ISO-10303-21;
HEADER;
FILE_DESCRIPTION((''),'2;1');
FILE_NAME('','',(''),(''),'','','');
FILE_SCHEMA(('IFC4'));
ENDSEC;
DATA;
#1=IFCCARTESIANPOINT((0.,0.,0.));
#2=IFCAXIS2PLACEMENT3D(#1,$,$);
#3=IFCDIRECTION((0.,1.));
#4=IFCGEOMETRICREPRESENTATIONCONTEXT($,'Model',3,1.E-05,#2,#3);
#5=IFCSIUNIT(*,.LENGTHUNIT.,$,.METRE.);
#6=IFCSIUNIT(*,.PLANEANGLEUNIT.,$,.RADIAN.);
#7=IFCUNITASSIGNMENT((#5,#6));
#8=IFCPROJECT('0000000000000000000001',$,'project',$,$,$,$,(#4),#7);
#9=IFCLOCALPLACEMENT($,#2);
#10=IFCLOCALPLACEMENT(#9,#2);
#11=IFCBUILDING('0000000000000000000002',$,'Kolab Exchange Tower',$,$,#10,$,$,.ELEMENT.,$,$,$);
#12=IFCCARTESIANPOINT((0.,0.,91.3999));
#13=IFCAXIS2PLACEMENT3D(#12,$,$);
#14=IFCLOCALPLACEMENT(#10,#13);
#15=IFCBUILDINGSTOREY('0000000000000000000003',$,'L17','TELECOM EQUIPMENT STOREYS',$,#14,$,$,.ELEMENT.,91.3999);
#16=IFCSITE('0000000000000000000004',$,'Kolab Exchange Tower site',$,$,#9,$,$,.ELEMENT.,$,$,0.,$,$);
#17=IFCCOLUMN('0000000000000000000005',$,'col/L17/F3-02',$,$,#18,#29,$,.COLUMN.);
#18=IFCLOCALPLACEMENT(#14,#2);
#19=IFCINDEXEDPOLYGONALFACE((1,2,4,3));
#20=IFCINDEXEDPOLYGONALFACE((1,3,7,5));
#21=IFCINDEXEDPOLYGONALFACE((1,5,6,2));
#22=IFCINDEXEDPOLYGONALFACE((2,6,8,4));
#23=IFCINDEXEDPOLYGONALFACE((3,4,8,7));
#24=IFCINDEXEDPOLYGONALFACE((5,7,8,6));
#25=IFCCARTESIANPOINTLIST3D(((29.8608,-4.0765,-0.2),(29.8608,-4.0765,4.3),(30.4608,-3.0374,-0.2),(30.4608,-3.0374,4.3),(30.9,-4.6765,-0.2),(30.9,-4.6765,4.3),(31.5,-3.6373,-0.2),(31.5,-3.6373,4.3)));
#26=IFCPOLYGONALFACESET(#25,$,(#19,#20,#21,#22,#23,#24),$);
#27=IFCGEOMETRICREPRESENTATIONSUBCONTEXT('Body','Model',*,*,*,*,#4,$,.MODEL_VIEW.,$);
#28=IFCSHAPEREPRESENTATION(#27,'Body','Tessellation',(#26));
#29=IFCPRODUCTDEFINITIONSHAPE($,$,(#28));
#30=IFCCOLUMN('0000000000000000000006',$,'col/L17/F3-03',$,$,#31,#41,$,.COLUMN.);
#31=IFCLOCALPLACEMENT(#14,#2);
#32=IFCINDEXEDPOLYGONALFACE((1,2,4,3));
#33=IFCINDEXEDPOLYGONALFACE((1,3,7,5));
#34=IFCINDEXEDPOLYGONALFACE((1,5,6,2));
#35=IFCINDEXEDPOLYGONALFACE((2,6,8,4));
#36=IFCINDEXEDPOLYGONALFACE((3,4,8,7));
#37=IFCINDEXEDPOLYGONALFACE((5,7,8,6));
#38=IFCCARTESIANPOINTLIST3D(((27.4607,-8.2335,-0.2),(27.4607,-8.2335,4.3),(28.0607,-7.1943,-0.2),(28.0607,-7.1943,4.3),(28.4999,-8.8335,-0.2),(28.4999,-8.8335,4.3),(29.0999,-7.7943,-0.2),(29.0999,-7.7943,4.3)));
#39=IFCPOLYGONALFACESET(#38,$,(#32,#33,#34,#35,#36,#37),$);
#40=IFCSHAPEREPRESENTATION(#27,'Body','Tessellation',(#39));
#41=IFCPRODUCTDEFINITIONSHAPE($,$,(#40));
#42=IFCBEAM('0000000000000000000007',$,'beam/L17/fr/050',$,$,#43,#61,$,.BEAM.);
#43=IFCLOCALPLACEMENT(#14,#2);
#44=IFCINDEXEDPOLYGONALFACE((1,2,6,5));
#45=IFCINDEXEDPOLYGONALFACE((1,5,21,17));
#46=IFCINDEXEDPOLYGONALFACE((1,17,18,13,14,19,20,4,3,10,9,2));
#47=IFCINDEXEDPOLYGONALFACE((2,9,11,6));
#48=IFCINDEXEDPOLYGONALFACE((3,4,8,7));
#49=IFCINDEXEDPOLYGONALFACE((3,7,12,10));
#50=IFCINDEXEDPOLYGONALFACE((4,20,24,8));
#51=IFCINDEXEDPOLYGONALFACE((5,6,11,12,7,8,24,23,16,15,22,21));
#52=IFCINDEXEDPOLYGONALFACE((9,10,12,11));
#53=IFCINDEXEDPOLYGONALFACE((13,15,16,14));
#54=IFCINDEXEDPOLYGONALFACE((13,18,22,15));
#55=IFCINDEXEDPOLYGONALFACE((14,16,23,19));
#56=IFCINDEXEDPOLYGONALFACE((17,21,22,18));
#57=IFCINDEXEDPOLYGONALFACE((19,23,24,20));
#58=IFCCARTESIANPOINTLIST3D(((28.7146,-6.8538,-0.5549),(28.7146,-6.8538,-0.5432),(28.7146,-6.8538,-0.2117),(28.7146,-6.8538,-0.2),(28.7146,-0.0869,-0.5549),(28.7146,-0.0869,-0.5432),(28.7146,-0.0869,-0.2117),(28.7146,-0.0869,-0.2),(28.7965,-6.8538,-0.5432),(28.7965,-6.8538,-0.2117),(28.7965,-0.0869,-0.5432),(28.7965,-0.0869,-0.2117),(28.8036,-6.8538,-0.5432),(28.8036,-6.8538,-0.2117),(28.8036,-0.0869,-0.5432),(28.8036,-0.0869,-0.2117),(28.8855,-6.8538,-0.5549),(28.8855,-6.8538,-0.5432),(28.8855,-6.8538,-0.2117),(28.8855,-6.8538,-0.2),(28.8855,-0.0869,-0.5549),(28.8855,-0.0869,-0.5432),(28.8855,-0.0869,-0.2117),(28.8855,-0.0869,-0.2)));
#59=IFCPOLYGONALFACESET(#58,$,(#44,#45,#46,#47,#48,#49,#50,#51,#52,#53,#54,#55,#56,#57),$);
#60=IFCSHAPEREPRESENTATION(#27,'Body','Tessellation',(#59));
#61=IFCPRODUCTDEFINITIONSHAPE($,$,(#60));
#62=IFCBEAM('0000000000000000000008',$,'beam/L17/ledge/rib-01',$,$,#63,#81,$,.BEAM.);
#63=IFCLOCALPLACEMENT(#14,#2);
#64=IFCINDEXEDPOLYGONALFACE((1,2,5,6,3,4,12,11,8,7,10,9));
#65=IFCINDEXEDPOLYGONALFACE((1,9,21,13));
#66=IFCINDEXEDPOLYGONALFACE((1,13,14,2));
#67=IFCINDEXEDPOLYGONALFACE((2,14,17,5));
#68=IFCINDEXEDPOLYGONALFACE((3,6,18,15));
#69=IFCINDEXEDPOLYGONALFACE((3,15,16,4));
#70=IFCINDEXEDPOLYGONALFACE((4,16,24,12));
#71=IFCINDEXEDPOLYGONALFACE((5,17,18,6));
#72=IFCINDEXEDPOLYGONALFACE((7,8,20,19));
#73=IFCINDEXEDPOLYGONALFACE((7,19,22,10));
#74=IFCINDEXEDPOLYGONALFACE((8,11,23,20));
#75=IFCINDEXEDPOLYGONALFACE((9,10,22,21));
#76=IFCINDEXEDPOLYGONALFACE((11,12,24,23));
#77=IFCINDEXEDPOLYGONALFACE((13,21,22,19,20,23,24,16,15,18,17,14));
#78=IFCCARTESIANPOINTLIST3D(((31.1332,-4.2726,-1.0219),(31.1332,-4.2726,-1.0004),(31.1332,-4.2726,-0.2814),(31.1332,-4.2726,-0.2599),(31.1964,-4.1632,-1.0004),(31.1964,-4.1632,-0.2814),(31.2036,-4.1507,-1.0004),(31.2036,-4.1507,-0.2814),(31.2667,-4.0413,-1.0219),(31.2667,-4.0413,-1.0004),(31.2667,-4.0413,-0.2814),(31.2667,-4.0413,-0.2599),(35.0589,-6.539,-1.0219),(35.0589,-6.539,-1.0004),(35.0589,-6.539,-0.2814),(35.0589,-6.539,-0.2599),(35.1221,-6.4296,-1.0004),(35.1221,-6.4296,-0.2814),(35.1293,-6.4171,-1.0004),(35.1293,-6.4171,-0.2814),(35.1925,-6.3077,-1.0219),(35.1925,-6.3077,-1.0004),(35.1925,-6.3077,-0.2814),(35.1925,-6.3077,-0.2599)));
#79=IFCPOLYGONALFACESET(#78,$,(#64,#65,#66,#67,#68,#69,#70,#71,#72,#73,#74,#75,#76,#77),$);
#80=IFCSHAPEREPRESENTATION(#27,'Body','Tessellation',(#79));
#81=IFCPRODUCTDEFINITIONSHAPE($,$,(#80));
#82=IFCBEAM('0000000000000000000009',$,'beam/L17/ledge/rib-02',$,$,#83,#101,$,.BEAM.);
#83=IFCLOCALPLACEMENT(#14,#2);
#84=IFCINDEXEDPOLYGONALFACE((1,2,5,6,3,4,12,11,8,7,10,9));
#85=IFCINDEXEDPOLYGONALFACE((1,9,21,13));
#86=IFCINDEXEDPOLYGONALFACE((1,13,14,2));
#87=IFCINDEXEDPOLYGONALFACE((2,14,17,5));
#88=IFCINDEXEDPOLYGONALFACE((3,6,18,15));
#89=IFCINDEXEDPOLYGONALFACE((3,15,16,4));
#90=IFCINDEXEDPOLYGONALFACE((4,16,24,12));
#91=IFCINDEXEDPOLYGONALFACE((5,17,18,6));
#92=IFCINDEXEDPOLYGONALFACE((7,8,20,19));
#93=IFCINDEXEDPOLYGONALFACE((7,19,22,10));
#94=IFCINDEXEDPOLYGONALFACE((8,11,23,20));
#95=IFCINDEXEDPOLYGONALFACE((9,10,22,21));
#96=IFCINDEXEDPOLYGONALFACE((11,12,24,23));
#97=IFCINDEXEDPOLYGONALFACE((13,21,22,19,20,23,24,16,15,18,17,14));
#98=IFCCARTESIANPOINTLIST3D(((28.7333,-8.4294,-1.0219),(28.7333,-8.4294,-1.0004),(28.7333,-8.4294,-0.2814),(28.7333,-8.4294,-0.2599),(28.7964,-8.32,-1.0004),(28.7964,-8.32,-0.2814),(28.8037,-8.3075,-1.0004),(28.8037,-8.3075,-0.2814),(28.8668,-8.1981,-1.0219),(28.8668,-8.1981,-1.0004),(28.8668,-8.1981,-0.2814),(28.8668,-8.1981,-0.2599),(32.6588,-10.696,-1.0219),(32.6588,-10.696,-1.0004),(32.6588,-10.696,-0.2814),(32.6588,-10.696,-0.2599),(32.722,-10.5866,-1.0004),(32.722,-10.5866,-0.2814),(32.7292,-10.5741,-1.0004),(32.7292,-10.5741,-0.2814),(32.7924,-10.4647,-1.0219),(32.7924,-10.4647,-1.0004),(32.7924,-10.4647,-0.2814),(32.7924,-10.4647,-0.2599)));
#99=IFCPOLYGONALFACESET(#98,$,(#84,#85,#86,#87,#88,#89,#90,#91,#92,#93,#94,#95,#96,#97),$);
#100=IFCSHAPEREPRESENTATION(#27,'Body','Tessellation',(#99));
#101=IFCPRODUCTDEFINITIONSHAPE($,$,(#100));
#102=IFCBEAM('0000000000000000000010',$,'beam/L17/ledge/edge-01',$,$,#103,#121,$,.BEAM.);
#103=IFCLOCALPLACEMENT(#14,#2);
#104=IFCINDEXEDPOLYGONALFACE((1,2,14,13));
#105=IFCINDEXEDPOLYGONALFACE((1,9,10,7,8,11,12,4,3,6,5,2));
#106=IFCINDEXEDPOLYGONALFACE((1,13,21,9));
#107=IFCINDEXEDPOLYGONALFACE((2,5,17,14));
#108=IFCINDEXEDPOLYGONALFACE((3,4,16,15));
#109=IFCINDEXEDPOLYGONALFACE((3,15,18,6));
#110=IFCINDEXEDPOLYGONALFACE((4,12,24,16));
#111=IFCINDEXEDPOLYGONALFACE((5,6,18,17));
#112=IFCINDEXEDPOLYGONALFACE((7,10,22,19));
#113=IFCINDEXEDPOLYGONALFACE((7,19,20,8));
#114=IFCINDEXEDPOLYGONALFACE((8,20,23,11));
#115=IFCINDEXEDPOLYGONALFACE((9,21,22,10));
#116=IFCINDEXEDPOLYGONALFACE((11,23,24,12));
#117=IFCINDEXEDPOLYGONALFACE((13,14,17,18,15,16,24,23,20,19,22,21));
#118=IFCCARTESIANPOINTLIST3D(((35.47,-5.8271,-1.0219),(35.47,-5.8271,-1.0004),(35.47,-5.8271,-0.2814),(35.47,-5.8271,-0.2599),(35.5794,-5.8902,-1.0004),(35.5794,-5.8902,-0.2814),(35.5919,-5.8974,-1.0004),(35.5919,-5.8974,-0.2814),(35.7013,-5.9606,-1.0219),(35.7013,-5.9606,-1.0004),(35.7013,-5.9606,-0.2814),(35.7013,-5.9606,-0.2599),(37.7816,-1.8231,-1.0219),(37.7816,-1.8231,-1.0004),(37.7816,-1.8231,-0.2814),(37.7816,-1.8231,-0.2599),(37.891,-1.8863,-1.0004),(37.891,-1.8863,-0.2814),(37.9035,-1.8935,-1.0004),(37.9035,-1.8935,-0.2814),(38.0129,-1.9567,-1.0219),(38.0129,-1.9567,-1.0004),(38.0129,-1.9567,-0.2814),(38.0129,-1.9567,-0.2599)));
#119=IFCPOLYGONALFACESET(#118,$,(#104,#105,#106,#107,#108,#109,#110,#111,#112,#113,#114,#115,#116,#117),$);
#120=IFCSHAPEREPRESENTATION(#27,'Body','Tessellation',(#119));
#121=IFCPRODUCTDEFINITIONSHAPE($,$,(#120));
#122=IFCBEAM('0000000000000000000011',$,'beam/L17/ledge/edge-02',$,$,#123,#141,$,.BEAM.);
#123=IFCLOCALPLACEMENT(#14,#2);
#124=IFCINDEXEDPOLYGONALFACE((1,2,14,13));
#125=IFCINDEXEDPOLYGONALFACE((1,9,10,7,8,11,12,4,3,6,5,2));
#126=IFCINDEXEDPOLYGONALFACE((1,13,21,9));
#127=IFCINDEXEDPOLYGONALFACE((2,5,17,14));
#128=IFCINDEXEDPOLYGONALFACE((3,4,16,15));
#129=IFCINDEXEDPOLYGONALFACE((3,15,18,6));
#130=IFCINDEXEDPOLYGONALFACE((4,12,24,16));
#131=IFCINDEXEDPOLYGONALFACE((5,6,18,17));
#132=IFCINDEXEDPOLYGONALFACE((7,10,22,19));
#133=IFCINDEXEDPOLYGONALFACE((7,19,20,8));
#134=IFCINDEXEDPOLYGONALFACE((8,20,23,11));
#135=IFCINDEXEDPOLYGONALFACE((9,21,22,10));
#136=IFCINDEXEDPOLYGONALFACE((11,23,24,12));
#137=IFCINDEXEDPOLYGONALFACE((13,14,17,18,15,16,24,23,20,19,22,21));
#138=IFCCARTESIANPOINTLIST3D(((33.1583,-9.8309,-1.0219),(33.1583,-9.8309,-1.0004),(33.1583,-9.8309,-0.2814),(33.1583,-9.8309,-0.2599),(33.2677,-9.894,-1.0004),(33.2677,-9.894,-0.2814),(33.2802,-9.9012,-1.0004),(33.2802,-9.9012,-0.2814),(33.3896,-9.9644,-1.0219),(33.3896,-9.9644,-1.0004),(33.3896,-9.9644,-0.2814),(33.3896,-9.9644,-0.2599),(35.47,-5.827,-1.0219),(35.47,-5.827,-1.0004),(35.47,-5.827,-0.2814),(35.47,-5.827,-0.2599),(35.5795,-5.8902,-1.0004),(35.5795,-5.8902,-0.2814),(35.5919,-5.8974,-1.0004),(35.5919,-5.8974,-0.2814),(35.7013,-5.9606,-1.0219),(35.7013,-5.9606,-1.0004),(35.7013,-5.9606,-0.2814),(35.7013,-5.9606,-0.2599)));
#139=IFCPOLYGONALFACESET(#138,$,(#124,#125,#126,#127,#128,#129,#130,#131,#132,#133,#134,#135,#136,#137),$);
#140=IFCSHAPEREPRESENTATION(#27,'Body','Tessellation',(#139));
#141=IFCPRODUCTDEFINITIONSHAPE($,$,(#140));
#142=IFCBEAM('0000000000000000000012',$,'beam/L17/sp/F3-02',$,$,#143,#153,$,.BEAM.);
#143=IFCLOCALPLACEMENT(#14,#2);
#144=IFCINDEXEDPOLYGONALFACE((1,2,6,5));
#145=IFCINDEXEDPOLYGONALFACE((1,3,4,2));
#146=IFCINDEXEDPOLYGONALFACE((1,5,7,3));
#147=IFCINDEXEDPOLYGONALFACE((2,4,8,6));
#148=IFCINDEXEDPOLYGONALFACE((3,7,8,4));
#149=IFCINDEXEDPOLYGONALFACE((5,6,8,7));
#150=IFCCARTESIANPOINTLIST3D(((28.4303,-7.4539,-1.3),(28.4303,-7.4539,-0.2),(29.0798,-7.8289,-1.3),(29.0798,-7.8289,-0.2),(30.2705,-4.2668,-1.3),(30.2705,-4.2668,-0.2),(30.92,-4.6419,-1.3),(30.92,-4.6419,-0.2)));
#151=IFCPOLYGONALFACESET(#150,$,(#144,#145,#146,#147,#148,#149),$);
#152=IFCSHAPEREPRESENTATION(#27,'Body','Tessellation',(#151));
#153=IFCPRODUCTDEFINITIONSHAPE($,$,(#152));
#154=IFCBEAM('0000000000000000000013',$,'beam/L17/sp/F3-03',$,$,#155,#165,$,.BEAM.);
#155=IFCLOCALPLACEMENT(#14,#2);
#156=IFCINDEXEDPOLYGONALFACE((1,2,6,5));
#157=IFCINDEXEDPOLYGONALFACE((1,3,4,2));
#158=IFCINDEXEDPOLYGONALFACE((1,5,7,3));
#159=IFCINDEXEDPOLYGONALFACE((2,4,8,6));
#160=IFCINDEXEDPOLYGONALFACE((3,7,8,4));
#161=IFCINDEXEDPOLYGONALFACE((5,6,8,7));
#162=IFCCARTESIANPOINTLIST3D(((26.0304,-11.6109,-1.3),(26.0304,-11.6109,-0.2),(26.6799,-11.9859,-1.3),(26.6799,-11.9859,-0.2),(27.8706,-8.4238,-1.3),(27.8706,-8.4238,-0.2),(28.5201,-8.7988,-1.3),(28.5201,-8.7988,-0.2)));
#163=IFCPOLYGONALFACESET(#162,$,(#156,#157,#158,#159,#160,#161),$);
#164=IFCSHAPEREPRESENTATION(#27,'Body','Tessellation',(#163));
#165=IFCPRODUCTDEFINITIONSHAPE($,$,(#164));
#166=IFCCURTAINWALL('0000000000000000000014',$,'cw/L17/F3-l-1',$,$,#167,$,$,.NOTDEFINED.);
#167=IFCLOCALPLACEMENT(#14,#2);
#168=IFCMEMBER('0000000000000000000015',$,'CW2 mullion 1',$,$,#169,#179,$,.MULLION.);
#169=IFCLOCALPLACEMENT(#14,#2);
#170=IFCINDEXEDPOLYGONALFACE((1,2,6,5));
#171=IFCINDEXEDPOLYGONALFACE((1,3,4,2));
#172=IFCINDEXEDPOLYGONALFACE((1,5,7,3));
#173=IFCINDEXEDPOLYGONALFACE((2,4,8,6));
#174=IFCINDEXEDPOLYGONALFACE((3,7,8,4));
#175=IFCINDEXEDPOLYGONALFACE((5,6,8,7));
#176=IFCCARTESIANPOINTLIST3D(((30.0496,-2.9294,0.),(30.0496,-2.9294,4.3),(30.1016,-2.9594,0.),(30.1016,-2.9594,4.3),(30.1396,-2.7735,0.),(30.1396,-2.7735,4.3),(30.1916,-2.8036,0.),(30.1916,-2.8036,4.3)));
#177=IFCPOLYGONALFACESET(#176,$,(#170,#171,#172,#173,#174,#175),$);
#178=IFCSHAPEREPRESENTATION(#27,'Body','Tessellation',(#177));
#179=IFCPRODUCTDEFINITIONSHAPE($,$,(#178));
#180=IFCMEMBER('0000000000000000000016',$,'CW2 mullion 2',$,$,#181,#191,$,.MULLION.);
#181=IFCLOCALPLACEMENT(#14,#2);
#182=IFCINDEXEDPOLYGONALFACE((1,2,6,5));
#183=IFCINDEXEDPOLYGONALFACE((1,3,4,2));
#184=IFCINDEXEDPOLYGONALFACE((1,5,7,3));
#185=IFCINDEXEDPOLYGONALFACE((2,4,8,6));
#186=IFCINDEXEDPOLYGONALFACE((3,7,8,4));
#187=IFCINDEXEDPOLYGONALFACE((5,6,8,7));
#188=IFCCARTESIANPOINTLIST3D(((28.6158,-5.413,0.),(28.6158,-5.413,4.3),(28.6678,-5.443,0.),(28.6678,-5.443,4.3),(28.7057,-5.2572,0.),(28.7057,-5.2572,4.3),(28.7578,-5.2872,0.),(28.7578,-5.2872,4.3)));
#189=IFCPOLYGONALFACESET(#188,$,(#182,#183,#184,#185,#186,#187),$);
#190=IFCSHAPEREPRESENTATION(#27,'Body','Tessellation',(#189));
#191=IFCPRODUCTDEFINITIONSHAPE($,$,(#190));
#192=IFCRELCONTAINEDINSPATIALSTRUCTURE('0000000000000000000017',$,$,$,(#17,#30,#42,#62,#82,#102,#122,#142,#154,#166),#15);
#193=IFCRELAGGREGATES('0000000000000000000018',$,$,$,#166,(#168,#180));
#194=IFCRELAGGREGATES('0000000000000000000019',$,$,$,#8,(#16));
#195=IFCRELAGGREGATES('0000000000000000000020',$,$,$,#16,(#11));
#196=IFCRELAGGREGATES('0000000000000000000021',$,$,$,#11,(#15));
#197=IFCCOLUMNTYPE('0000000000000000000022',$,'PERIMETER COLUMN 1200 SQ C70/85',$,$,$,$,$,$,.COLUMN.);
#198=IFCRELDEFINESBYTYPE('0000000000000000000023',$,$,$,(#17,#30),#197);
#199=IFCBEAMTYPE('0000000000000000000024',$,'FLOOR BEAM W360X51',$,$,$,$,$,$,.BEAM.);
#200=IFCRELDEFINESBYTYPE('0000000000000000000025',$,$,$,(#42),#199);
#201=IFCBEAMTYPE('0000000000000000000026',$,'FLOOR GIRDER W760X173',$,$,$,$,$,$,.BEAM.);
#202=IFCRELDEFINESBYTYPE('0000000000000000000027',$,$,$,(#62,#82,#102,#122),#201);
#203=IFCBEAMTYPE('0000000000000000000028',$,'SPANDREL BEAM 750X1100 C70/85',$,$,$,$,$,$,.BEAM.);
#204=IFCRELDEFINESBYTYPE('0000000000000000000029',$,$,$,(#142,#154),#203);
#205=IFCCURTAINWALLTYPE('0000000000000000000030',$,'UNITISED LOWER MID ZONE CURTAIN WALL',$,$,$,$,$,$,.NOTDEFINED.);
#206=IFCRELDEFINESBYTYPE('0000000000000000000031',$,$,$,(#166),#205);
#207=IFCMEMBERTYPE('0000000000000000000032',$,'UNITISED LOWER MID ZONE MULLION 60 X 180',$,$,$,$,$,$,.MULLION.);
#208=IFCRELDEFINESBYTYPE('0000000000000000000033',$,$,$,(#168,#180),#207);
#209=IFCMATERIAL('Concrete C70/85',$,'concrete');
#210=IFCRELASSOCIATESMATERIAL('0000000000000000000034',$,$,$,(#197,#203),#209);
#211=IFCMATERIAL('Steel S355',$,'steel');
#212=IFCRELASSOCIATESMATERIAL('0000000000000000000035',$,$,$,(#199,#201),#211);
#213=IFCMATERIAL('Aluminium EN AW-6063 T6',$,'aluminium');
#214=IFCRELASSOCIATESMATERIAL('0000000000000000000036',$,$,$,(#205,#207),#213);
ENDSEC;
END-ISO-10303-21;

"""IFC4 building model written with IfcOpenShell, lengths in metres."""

from ifc_helpers import new_model, si_unit, direction, frame, origin, origin_2d, place, context, subcontext, project, spatial, rectangle, i_section, extrude, material, material_profile, profile_set, type_object, element, aggregate, save


model = new_model("IFC4")

# Units and contexts
model_context = context("Model", 3, precision=1e-05, world=origin(), true_north=direction((0.0, 1.0)))
body_context = subcontext(model_context, "Body", "Model", "MODEL_VIEW")
ifc_project = project(units=[si_unit("LENGTHUNIT", "METRE"), si_unit("PLANEANGLEUNIT", "RADIAN")], contexts=[model_context])

# Site, building, storey
site_placement = place(None, origin())
site = spatial("IfcSite", under=ifc_project, at=site_placement, Name="Kolab Exchange Tower site", CompositionType="ELEMENT", RefElevation=0.0)
building_placement = place(site_placement, origin())
building = spatial("IfcBuilding", under=site, at=building_placement, Name="Kolab Exchange Tower", CompositionType="ELEMENT")
storey_placement = place(building_placement, frame((0.0, 0.0, 91.3999)))
storey = spatial("IfcBuildingStorey", under=building, at=storey_placement, Name="L17", Description="TELECOM EQUIPMENT STOREYS", CompositionType="ELEMENT", Elevation=91.3999)

# Columns
ifc_material_1 = material(Name="Concrete C70/85", Category="concrete")
ifc_material_profile_1 = material_profile(ifc_material_1, rectangle(XDim=1.2, YDim=1.2, at=origin_2d()), Name="RC1200")
ifc_profile_set_1 = profile_set([ifc_material_profile_1], Name="Concrete C70/85")
column_type = type_object("IfcColumnType", Name="PERIMETER COLUMN 1200 SQ C70/85", PredefinedType="COLUMN", material=ifc_profile_set_1)
for number, where, z_axis, x_axis, name in (
    (1, (30.6804, -3.8569, -0.2), (0.0, 0.0, 1.0), (0.5, 0.866025, 0.0), "col/L17/F3-02"),
    (2, (28.2803, -8.0139, -0.2), (0.0, 0.0, 1.0), (0.5, 0.866025, 0.0), "col/L17/F3-03"),
):
    element("IfcColumn", number, at=place(storey_placement, frame(where, z_axis=z_axis, x_axis=x_axis)), inside=storey, type_object=column_type, Name=name, PredefinedType="COLUMN", context=body_context, shape_type="SweptSolid", body=[
        extrude(rectangle(XDim=1.2, YDim=1.2, at=origin_2d()), origin(), (0.0, 0.0, 1.0), 4.5),
    ])

# Beams
ifc_material_2 = material(Name="Steel S355", Category="steel")
ifc_material_profile_2 = material_profile(ifc_material_2, i_section(OverallWidth=0.1709, OverallDepth=0.355, WebThickness=0.0071, FlangeThickness=0.0117, at=origin_2d()), Name="W360X51")
ifc_profile_set_2 = profile_set([ifc_material_profile_2], Name="Steel S355")
beam_type_1 = type_object("IfcBeamType", Name="FLOOR BEAM W360X51", PredefinedType="BEAM", material=ifc_profile_set_2)
beam_placement = place(storey_placement, frame((28.8, -6.8538, -0.3774), z_axis=(0.0, 1.0, 0.0), x_axis=(-1.0, 0.0, 0.0)))
element("IfcBeam", 3, at=beam_placement, inside=storey, type_object=beam_type_1, Name="beam/L17/fr/050", PredefinedType="BEAM", context=body_context, shape_type="SweptSolid", body=[
    extrude(i_section(OverallWidth=0.1709, OverallDepth=0.355, WebThickness=0.0071, FlangeThickness=0.0117, at=origin_2d()), origin(), (0.0, 0.0, 1.0), 6.7668),
])
ifc_material_profile_3 = material_profile(ifc_material_2, i_section(OverallWidth=0.2671, OverallDepth=0.762, WebThickness=0.0144, FlangeThickness=0.0215, at=origin_2d()), Name="W760X173")
ifc_profile_set_3 = profile_set([ifc_material_profile_3], Name="Steel S355")
beam_type_2 = type_object("IfcBeamType", Name="FLOOR GIRDER W760X173", PredefinedType="BEAM", material=ifc_profile_set_3)
for number, where, z_axis, x_axis, name in (
    (4, (31.2, -4.157, -0.6409), (0.866044, -0.499968, 0.0), (0.499968, 0.866044, 0.0), "beam/L17/ledge/rib-01"),
    (5, (28.8, -8.3137, -0.6409), (0.866007, -0.500032, 0.0), (0.500032, 0.866007, 0.0), "beam/L17/ledge/rib-02"),
):
    element("IfcBeam", number, at=place(storey_placement, frame(where, z_axis=z_axis, x_axis=x_axis)), inside=storey, type_object=beam_type_2, Name=name, PredefinedType="BEAM", context=body_context, shape_type="SweptSolid", body=[
        extrude(i_section(OverallWidth=0.2671, OverallDepth=0.762, WebThickness=0.0144, FlangeThickness=0.0215, at=origin_2d()), origin(), (0.0, 0.0, 1.0), 4.533),
    ])
for number, where, z_axis, x_axis, name in (
    (6, (37.8972, -1.8899, -0.6409), (-0.499978, -0.866038, 0.0), (0.866038, -0.499978, 0.0), "beam/L17/ledge/edge-01"),
    (7, (35.5857, -5.8938, -0.6409), (-0.500018, -0.866015, 0.0), (0.866015, -0.500018, 0.0), "beam/L17/ledge/edge-02"),
):
    element("IfcBeam", number, at=place(storey_placement, frame(where, z_axis=z_axis, x_axis=x_axis)), inside=storey, type_object=beam_type_2, Name=name, PredefinedType="BEAM", context=body_context, shape_type="SweptSolid", body=[
        extrude(i_section(OverallWidth=0.2671, OverallDepth=0.762, WebThickness=0.0144, FlangeThickness=0.0215, at=origin_2d()), origin(), (0.0, 0.0, 1.0), 4.6233),
    ])
ifc_material_profile_4 = material_profile(ifc_material_1, rectangle(XDim=0.75, YDim=1.1001, at=origin_2d()), Name="RC750X1100")
ifc_profile_set_4 = profile_set([ifc_material_profile_4], Name="Concrete C70/85")
beam_type_3 = type_object("IfcBeamType", Name="SPANDREL BEAM 750X1100 C70/85", PredefinedType="BEAM", material=ifc_profile_set_4)
for number, where, z_axis, x_axis, name in (
    (8, (30.5952, -4.4543, -0.75), (-0.500013, -0.866018, 0.0), (0.866018, -0.500013, 0.0), "beam/L17/sp/F3-02"),
    (9, (28.1953, -8.6113, -0.75), (-0.500013, -0.866018, 0.0), (0.866018, -0.500013, 0.0), "beam/L17/sp/F3-03"),
):
    element("IfcBeam", number, at=place(storey_placement, frame(where, z_axis=z_axis, x_axis=x_axis)), inside=storey, type_object=beam_type_3, Name=name, PredefinedType="BEAM", context=body_context, shape_type="SweptSolid", body=[
        extrude(rectangle(XDim=0.75, YDim=1.1001, at=origin_2d()), origin(), (0.0, 0.0, 1.0), 3.6802),
    ])

# Curtain wall, members
ifc_material_3 = material(Name="Aluminium EN AW-6063 T6", Category="aluminium")
curtain_wall_type = type_object("IfcCurtainWallType", Name="UNITISED LOWER MID ZONE CURTAIN WALL", PredefinedType="NOTDEFINED", material=ifc_material_3)
curtain_wall_1_placement = place(storey_placement, origin())
curtain_wall_1 = element("IfcCurtainWall", 10, at=curtain_wall_1_placement, inside=storey, type_object=curtain_wall_type, Name="cw/L17/F3-l-1", PredefinedType="NOTDEFINED")
ifc_material_profile_5 = material_profile(ifc_material_3, rectangle(XDim=0.0601, YDim=0.1799, at=origin_2d()), Name="RECT 60X180")
ifc_profile_set_5 = profile_set([ifc_material_profile_5], Name="Aluminium EN AW-6063 T6")
member_type_1 = type_object("IfcMemberType", Name="UNITISED LOWER MID ZONE MULLION 60 X 180", PredefinedType="MULLION", material=ifc_profile_set_5)
member_1_placement = place(storey_placement, frame((30.1206, -2.8665, 0.0), z_axis=(0.0, 0.0, 1.0), x_axis=(0.866025, -0.5, 0.0)))
member_1 = element("IfcMember", 11, at=member_1_placement, type_object=member_type_1, Name="CW2 mullion 1", PredefinedType="MULLION", context=body_context, shape_type="SweptSolid", body=[
    extrude(rectangle(XDim=0.0601, YDim=0.1799, at=origin_2d()), origin(), (0.0, 0.0, 1.0), 4.3),
])
member_2_placement = place(storey_placement, frame((28.6868, -5.3501, 0.0), z_axis=(0.0, 0.0, 1.0), x_axis=(0.866025, -0.5, 0.0)))
member_2 = element("IfcMember", 12, at=member_2_placement, type_object=member_type_1, Name="CW2 mullion 2", PredefinedType="MULLION", context=body_context, shape_type="SweptSolid", body=[
    extrude(rectangle(XDim=0.0601, YDim=0.1799, at=origin_2d()), origin(), (0.0, 0.0, 1.0), 4.3),
])

aggregate(curtain_wall_1, [member_1, member_2])

save(model, "model.ifc")
